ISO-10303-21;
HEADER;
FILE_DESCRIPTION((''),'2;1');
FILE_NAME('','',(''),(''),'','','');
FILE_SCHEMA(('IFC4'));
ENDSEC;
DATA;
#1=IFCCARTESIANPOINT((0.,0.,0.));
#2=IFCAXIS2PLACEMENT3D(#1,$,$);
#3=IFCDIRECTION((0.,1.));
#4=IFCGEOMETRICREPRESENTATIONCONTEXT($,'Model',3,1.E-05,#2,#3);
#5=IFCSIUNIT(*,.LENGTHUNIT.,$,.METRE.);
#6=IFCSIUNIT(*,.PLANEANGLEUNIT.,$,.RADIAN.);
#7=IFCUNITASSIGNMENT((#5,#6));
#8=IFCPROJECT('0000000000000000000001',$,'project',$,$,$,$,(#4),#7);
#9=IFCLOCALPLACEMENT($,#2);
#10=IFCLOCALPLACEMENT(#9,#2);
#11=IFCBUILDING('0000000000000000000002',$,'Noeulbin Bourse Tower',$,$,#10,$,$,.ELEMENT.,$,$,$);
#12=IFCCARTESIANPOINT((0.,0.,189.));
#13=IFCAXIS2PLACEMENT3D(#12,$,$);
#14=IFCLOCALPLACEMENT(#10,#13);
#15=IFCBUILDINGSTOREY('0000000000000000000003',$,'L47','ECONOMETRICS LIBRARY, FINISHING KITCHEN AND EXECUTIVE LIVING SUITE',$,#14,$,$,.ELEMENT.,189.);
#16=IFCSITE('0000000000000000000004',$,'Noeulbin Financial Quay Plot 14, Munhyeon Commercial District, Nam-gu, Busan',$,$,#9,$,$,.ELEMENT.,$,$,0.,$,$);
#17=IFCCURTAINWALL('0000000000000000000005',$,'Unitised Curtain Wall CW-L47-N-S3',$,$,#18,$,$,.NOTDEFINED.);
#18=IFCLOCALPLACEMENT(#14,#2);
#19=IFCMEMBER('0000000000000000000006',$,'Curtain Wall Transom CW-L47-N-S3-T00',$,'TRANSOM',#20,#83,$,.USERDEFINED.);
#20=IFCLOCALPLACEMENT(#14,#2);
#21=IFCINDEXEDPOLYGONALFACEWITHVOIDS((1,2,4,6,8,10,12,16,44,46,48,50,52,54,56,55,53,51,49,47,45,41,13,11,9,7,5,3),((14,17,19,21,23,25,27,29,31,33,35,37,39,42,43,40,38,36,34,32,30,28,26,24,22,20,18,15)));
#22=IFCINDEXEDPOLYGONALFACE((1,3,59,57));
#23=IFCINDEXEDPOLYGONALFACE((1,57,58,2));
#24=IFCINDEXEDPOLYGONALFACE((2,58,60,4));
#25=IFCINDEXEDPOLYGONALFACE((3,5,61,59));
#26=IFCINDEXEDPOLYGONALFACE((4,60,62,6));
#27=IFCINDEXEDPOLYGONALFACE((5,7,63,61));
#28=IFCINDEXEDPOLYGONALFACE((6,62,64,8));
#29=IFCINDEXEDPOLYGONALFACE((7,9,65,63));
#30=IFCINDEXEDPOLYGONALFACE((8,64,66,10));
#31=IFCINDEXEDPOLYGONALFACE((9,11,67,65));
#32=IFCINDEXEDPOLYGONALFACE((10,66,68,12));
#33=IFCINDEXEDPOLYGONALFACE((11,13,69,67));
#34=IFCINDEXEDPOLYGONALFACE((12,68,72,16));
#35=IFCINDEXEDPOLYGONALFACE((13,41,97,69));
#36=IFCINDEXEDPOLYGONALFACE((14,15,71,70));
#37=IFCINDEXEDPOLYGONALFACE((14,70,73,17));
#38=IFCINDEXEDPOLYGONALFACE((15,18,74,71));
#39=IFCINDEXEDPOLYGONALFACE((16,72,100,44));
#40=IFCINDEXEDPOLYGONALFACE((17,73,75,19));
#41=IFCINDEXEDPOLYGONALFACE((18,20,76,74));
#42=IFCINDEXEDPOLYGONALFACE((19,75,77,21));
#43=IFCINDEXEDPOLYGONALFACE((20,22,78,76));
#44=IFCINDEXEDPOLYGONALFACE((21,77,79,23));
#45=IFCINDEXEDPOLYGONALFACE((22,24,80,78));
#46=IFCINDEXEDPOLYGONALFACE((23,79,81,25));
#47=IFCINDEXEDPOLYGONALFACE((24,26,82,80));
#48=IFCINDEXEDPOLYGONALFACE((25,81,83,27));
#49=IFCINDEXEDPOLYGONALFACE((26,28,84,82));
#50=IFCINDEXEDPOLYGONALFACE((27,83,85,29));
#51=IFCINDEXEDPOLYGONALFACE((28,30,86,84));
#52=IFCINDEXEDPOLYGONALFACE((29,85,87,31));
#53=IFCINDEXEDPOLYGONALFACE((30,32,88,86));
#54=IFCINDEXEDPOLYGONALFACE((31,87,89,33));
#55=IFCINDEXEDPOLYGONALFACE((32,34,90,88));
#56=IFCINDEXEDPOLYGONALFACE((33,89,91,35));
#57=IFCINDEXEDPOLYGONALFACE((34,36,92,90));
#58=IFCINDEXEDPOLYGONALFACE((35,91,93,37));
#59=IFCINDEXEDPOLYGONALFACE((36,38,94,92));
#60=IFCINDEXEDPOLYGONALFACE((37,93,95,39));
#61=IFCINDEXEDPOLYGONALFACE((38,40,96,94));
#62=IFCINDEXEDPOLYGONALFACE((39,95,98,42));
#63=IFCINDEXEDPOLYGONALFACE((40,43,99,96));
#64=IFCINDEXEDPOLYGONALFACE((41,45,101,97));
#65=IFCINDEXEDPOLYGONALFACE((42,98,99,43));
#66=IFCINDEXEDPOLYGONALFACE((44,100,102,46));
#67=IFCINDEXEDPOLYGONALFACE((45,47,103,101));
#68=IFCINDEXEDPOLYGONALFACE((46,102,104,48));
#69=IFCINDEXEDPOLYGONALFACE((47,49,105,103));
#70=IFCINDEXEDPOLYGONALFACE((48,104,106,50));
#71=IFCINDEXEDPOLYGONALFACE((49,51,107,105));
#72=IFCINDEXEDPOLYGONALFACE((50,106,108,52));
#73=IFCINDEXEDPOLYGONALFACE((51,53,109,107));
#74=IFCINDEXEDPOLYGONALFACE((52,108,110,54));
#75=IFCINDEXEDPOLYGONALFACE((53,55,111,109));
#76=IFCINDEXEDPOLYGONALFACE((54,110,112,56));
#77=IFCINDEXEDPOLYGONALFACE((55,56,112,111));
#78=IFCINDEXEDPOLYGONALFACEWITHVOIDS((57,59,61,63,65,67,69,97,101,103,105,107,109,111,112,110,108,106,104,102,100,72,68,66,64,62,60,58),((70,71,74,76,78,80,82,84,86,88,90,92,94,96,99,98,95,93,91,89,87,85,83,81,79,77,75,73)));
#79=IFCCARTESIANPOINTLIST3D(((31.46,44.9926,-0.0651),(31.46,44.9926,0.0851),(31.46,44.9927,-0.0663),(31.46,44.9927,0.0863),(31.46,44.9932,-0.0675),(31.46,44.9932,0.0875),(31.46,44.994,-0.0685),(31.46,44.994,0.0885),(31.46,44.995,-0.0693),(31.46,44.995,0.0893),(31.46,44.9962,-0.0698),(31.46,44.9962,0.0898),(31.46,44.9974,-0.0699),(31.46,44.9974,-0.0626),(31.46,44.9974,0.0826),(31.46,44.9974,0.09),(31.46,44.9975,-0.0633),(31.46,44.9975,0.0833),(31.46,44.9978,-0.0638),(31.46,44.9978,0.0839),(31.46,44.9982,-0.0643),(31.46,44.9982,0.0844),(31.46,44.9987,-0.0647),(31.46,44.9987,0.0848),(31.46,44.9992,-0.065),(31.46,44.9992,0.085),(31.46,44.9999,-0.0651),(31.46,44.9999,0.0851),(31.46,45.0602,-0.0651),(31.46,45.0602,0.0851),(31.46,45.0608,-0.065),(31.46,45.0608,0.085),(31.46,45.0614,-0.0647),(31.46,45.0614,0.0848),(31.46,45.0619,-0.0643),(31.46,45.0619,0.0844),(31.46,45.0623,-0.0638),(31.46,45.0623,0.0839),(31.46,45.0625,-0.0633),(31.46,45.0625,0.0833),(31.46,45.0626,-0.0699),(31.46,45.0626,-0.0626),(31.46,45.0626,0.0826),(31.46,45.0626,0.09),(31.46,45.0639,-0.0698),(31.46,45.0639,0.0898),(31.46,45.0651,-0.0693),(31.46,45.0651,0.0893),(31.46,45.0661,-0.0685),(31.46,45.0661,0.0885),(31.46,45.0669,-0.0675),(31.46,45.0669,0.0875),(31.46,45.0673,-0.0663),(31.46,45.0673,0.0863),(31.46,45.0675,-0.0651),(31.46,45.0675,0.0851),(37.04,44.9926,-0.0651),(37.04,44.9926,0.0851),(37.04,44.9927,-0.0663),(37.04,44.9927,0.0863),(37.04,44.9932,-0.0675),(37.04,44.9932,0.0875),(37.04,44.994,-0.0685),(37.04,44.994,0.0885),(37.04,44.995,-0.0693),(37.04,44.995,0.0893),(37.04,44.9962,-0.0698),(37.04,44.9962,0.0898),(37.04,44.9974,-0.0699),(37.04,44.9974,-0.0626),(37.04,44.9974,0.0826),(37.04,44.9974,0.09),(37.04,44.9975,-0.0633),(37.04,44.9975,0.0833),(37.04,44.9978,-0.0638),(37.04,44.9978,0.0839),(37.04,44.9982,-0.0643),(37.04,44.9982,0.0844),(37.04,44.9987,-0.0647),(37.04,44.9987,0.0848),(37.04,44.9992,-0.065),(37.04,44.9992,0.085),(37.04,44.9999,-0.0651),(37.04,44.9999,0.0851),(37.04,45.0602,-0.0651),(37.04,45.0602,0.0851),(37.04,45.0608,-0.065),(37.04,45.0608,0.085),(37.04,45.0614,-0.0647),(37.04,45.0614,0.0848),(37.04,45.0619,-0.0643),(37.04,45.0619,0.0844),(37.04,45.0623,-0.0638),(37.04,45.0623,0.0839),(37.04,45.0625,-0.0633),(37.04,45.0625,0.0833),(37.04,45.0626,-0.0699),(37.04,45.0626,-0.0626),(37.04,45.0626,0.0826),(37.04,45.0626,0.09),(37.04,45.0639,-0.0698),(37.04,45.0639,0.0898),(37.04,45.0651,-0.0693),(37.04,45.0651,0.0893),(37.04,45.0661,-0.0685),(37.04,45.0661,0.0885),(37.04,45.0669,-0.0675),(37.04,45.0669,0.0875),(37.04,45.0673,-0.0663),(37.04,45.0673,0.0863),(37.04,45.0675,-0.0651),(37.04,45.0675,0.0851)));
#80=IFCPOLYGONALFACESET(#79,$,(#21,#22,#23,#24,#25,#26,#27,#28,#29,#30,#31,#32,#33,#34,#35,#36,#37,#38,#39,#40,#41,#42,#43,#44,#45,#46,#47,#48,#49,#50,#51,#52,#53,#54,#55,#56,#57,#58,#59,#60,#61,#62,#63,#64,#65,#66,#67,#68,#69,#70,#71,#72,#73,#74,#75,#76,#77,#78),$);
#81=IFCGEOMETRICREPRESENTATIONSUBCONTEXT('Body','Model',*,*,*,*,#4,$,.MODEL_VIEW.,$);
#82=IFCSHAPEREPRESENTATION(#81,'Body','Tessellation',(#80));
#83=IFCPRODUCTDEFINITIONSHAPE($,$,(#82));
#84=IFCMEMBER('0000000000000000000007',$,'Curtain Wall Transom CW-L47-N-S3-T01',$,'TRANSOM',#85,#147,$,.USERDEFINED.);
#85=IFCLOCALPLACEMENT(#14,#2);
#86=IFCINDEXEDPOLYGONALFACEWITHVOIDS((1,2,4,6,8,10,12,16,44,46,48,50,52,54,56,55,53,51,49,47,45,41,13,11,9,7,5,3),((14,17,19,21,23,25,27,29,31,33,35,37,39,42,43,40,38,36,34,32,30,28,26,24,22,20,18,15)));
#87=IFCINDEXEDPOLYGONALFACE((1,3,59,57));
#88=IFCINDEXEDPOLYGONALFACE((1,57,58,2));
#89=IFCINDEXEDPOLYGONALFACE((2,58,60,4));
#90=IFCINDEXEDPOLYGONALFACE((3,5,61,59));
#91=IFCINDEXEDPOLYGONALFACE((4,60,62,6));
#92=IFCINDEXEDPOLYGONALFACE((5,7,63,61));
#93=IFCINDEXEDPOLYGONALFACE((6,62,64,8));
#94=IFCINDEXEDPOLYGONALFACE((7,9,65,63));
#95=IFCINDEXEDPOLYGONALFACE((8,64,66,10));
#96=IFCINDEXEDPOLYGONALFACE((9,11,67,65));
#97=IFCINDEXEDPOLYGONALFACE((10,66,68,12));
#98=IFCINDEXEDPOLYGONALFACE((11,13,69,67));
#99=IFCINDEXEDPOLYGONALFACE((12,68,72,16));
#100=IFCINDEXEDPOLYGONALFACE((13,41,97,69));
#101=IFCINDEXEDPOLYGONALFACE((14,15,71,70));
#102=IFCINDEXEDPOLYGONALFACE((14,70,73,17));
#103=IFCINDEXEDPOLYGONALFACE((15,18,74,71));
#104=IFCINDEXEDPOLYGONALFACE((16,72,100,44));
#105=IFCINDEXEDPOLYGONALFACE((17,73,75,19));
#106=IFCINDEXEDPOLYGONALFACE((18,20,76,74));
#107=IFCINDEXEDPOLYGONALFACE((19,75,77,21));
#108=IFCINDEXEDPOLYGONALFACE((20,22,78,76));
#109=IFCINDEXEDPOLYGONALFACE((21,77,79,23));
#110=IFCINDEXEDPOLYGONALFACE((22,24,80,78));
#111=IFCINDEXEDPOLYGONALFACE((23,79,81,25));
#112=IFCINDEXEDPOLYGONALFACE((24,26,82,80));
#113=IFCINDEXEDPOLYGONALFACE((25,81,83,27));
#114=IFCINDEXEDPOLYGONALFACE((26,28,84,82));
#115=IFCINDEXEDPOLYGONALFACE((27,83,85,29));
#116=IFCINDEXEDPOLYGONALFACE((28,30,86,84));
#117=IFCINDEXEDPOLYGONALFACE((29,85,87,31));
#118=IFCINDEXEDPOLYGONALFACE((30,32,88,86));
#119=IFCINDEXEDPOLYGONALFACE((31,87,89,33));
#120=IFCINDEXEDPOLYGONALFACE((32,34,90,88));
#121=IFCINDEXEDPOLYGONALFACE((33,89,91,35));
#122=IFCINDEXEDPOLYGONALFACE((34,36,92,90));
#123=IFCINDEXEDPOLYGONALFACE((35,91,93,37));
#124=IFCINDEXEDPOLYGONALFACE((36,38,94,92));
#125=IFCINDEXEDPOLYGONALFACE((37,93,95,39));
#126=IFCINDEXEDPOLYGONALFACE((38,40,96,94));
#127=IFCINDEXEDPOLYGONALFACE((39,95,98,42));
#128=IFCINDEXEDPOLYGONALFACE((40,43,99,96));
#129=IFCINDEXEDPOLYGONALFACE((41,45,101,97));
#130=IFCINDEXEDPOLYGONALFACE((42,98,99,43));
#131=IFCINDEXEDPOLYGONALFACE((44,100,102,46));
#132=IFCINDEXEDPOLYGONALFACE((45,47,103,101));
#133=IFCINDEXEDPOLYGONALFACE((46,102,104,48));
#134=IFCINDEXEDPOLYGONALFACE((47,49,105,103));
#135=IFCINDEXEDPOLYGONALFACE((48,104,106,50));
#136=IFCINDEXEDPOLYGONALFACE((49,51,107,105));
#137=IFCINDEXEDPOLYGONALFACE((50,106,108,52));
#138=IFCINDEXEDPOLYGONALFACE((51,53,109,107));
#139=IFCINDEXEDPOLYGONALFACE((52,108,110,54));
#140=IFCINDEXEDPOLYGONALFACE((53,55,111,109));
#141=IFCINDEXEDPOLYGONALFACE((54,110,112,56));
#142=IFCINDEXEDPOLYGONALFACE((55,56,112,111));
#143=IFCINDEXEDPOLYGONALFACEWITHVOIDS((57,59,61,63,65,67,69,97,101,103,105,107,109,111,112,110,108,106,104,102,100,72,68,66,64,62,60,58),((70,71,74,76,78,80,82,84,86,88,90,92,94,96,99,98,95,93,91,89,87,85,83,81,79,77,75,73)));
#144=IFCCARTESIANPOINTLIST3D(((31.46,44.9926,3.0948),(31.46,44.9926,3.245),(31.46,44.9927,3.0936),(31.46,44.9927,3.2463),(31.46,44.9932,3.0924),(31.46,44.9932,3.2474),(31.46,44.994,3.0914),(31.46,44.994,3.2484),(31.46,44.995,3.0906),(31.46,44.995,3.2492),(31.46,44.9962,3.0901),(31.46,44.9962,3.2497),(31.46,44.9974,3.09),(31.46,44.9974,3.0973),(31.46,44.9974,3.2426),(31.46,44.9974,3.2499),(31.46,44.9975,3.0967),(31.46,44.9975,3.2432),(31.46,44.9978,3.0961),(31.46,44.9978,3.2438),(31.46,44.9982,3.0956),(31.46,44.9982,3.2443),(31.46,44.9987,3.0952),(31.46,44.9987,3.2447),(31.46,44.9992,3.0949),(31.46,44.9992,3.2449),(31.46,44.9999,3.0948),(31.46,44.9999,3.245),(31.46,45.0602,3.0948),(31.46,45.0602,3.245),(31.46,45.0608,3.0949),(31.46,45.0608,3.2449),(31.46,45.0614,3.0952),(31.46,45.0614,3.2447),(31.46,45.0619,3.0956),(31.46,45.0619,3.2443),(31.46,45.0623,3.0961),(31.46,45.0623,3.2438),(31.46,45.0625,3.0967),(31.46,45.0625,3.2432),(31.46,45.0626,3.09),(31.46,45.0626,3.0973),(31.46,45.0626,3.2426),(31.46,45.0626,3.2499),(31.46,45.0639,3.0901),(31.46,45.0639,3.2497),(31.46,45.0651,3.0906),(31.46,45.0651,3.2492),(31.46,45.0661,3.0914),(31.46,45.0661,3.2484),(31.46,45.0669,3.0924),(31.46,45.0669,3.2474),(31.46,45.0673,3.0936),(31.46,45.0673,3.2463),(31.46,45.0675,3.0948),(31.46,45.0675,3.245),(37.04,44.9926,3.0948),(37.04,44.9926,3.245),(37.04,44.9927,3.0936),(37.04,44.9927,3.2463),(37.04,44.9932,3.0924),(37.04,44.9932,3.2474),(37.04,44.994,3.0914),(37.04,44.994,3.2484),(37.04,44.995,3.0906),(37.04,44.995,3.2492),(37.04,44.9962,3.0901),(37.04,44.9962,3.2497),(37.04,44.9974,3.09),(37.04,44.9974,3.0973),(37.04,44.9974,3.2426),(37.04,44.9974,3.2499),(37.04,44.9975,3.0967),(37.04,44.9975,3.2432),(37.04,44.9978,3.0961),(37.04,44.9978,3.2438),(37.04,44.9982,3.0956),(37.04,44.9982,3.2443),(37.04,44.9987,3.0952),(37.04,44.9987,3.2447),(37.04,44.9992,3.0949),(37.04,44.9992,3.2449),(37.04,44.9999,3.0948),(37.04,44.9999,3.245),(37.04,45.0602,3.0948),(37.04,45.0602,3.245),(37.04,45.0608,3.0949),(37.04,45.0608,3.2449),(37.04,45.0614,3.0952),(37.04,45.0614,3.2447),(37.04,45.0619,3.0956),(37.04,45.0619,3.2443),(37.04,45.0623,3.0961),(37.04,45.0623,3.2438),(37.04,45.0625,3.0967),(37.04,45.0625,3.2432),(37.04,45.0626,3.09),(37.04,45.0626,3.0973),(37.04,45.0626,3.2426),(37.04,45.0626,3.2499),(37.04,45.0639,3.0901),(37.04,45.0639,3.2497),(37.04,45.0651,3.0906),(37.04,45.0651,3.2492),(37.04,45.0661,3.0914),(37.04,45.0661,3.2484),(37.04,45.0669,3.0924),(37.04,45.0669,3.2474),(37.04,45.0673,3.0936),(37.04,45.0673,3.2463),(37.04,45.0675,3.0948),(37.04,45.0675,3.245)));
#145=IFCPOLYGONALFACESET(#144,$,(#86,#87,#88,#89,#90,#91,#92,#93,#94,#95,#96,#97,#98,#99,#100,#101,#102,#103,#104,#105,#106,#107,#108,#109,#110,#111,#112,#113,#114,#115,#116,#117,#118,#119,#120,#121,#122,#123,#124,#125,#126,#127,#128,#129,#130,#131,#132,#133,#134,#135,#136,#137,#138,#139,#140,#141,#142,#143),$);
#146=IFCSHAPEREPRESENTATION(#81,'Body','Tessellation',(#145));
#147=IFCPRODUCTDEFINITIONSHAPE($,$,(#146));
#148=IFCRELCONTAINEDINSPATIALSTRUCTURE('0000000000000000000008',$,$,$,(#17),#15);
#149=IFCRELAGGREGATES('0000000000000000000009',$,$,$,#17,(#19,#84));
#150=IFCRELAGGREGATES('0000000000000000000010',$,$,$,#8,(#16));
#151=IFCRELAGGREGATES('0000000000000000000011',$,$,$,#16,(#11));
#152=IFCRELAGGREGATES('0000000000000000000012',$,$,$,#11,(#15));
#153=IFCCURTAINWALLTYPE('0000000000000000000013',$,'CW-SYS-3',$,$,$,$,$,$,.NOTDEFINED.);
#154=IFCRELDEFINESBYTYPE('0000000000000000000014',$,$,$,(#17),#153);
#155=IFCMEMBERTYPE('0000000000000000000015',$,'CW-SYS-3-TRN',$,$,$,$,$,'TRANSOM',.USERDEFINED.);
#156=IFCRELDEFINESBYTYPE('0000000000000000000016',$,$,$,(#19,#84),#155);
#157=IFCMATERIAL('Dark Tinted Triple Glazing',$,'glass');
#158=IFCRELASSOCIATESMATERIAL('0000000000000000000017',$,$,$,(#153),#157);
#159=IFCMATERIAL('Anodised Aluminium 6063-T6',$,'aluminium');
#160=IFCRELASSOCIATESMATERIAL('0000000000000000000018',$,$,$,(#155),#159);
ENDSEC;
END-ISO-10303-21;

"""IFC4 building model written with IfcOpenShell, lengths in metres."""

from ifc_helpers import new_model, si_unit, direction, frame, origin, origin_2d, place, context, subcontext, project, spatial, hollow_rectangle, extrude, material, material_profile, profile_set, type_object, element, aggregate, save


model = new_model("IFC4")

# Units and contexts
model_context = context("Model", 3, precision=1e-05, world=origin(), true_north=direction((0.0, 1.0)))
body_context = subcontext(model_context, "Body", "Model", "MODEL_VIEW")
ifc_project = project(units=[si_unit("LENGTHUNIT", "METRE"), si_unit("PLANEANGLEUNIT", "RADIAN")], contexts=[model_context])

# Site, building, storey
site_placement = place(None, origin())
site = spatial("IfcSite", under=ifc_project, at=site_placement, Name="Noeulbin Financial Quay Plot 14, Munhyeon Commercial District, Nam-gu, Busan", CompositionType="ELEMENT", RefElevation=0.0)
building_placement = place(site_placement, origin())
building = spatial("IfcBuilding", under=site, at=building_placement, Name="Noeulbin Bourse Tower", CompositionType="ELEMENT")
storey_placement = place(building_placement, frame((0.0, 0.0, 189.0)))
storey = spatial("IfcBuildingStorey", under=building, at=storey_placement, Name="L47", Description="ECONOMETRICS LIBRARY, FINISHING KITCHEN AND EXECUTIVE LIVING SUITE", CompositionType="ELEMENT", Elevation=189.0)

# Shared definitions
ifc_material_1 = material(Name="Dark Tinted Triple Glazing", Category="glass")
curtain_wall_type = type_object("IfcCurtainWallType", Name="CW-SYS-3", PredefinedType="NOTDEFINED", material=ifc_material_1)
ifc_material_2 = material(Name="Anodised Aluminium 6063-T6", Category="aluminium")

# Curtain wall
curtain_wall_1_placement = place(storey_placement, origin())
curtain_wall_1 = element("IfcCurtainWall", 1, at=curtain_wall_1_placement, inside=storey, type_object=curtain_wall_type, Name="Unitised Curtain Wall CW-L47-N-S3", PredefinedType="NOTDEFINED")

# Members
ifc_material_profile_1 = material_profile(ifc_material_2, hollow_rectangle(XDim=0.075, YDim=0.1599, WallThickness=0.0049, InnerFilletRadius=0.0024, OuterFilletRadius=0.0049, at=origin_2d()), Name="ALU-TRAN-75x160x5", Category="LoadBearing")
ifc_profile_set_1 = profile_set([ifc_material_profile_1], Name="Anodised Aluminium 6063-T6")
member_type_1 = type_object("IfcMemberType", Name="CW-SYS-3-TRN", ElementType="TRANSOM", PredefinedType="USERDEFINED", material=ifc_profile_set_1)
member_1_placement = place(storey_placement, frame((31.46, 45.03, 0.01), z_axis=(1.0, 0.0, 0.0), x_axis=(0.0, 1.0, 0.0)))
member_1 = element("IfcMember", 2, at=member_1_placement, type_object=member_type_1, Name="Curtain Wall Transom CW-L47-N-S3-T00", ObjectType="TRANSOM", PredefinedType="USERDEFINED", context=body_context, shape_type="SweptSolid", body=[
    extrude(hollow_rectangle(XDim=0.075, YDim=0.1599, WallThickness=0.0049, InnerFilletRadius=0.0024, OuterFilletRadius=0.0049, at=origin_2d()), origin(), (0.0, 0.0, 1.0), 5.5801),
])
member_2_placement = place(storey_placement, frame((31.46, 45.03, 3.1699), z_axis=(1.0, 0.0, 0.0), x_axis=(0.0, 1.0, 0.0)))
member_2 = element("IfcMember", 3, at=member_2_placement, type_object=member_type_1, Name="Curtain Wall Transom CW-L47-N-S3-T01", ObjectType="TRANSOM", PredefinedType="USERDEFINED", context=body_context, shape_type="SweptSolid", body=[
    extrude(hollow_rectangle(XDim=0.075, YDim=0.1599, WallThickness=0.0049, InnerFilletRadius=0.0024, OuterFilletRadius=0.0049, at=origin_2d()), origin(), (0.0, 0.0, 1.0), 5.5801),
])

aggregate(curtain_wall_1, [member_1, member_2])

save(model, "model.ifc")
